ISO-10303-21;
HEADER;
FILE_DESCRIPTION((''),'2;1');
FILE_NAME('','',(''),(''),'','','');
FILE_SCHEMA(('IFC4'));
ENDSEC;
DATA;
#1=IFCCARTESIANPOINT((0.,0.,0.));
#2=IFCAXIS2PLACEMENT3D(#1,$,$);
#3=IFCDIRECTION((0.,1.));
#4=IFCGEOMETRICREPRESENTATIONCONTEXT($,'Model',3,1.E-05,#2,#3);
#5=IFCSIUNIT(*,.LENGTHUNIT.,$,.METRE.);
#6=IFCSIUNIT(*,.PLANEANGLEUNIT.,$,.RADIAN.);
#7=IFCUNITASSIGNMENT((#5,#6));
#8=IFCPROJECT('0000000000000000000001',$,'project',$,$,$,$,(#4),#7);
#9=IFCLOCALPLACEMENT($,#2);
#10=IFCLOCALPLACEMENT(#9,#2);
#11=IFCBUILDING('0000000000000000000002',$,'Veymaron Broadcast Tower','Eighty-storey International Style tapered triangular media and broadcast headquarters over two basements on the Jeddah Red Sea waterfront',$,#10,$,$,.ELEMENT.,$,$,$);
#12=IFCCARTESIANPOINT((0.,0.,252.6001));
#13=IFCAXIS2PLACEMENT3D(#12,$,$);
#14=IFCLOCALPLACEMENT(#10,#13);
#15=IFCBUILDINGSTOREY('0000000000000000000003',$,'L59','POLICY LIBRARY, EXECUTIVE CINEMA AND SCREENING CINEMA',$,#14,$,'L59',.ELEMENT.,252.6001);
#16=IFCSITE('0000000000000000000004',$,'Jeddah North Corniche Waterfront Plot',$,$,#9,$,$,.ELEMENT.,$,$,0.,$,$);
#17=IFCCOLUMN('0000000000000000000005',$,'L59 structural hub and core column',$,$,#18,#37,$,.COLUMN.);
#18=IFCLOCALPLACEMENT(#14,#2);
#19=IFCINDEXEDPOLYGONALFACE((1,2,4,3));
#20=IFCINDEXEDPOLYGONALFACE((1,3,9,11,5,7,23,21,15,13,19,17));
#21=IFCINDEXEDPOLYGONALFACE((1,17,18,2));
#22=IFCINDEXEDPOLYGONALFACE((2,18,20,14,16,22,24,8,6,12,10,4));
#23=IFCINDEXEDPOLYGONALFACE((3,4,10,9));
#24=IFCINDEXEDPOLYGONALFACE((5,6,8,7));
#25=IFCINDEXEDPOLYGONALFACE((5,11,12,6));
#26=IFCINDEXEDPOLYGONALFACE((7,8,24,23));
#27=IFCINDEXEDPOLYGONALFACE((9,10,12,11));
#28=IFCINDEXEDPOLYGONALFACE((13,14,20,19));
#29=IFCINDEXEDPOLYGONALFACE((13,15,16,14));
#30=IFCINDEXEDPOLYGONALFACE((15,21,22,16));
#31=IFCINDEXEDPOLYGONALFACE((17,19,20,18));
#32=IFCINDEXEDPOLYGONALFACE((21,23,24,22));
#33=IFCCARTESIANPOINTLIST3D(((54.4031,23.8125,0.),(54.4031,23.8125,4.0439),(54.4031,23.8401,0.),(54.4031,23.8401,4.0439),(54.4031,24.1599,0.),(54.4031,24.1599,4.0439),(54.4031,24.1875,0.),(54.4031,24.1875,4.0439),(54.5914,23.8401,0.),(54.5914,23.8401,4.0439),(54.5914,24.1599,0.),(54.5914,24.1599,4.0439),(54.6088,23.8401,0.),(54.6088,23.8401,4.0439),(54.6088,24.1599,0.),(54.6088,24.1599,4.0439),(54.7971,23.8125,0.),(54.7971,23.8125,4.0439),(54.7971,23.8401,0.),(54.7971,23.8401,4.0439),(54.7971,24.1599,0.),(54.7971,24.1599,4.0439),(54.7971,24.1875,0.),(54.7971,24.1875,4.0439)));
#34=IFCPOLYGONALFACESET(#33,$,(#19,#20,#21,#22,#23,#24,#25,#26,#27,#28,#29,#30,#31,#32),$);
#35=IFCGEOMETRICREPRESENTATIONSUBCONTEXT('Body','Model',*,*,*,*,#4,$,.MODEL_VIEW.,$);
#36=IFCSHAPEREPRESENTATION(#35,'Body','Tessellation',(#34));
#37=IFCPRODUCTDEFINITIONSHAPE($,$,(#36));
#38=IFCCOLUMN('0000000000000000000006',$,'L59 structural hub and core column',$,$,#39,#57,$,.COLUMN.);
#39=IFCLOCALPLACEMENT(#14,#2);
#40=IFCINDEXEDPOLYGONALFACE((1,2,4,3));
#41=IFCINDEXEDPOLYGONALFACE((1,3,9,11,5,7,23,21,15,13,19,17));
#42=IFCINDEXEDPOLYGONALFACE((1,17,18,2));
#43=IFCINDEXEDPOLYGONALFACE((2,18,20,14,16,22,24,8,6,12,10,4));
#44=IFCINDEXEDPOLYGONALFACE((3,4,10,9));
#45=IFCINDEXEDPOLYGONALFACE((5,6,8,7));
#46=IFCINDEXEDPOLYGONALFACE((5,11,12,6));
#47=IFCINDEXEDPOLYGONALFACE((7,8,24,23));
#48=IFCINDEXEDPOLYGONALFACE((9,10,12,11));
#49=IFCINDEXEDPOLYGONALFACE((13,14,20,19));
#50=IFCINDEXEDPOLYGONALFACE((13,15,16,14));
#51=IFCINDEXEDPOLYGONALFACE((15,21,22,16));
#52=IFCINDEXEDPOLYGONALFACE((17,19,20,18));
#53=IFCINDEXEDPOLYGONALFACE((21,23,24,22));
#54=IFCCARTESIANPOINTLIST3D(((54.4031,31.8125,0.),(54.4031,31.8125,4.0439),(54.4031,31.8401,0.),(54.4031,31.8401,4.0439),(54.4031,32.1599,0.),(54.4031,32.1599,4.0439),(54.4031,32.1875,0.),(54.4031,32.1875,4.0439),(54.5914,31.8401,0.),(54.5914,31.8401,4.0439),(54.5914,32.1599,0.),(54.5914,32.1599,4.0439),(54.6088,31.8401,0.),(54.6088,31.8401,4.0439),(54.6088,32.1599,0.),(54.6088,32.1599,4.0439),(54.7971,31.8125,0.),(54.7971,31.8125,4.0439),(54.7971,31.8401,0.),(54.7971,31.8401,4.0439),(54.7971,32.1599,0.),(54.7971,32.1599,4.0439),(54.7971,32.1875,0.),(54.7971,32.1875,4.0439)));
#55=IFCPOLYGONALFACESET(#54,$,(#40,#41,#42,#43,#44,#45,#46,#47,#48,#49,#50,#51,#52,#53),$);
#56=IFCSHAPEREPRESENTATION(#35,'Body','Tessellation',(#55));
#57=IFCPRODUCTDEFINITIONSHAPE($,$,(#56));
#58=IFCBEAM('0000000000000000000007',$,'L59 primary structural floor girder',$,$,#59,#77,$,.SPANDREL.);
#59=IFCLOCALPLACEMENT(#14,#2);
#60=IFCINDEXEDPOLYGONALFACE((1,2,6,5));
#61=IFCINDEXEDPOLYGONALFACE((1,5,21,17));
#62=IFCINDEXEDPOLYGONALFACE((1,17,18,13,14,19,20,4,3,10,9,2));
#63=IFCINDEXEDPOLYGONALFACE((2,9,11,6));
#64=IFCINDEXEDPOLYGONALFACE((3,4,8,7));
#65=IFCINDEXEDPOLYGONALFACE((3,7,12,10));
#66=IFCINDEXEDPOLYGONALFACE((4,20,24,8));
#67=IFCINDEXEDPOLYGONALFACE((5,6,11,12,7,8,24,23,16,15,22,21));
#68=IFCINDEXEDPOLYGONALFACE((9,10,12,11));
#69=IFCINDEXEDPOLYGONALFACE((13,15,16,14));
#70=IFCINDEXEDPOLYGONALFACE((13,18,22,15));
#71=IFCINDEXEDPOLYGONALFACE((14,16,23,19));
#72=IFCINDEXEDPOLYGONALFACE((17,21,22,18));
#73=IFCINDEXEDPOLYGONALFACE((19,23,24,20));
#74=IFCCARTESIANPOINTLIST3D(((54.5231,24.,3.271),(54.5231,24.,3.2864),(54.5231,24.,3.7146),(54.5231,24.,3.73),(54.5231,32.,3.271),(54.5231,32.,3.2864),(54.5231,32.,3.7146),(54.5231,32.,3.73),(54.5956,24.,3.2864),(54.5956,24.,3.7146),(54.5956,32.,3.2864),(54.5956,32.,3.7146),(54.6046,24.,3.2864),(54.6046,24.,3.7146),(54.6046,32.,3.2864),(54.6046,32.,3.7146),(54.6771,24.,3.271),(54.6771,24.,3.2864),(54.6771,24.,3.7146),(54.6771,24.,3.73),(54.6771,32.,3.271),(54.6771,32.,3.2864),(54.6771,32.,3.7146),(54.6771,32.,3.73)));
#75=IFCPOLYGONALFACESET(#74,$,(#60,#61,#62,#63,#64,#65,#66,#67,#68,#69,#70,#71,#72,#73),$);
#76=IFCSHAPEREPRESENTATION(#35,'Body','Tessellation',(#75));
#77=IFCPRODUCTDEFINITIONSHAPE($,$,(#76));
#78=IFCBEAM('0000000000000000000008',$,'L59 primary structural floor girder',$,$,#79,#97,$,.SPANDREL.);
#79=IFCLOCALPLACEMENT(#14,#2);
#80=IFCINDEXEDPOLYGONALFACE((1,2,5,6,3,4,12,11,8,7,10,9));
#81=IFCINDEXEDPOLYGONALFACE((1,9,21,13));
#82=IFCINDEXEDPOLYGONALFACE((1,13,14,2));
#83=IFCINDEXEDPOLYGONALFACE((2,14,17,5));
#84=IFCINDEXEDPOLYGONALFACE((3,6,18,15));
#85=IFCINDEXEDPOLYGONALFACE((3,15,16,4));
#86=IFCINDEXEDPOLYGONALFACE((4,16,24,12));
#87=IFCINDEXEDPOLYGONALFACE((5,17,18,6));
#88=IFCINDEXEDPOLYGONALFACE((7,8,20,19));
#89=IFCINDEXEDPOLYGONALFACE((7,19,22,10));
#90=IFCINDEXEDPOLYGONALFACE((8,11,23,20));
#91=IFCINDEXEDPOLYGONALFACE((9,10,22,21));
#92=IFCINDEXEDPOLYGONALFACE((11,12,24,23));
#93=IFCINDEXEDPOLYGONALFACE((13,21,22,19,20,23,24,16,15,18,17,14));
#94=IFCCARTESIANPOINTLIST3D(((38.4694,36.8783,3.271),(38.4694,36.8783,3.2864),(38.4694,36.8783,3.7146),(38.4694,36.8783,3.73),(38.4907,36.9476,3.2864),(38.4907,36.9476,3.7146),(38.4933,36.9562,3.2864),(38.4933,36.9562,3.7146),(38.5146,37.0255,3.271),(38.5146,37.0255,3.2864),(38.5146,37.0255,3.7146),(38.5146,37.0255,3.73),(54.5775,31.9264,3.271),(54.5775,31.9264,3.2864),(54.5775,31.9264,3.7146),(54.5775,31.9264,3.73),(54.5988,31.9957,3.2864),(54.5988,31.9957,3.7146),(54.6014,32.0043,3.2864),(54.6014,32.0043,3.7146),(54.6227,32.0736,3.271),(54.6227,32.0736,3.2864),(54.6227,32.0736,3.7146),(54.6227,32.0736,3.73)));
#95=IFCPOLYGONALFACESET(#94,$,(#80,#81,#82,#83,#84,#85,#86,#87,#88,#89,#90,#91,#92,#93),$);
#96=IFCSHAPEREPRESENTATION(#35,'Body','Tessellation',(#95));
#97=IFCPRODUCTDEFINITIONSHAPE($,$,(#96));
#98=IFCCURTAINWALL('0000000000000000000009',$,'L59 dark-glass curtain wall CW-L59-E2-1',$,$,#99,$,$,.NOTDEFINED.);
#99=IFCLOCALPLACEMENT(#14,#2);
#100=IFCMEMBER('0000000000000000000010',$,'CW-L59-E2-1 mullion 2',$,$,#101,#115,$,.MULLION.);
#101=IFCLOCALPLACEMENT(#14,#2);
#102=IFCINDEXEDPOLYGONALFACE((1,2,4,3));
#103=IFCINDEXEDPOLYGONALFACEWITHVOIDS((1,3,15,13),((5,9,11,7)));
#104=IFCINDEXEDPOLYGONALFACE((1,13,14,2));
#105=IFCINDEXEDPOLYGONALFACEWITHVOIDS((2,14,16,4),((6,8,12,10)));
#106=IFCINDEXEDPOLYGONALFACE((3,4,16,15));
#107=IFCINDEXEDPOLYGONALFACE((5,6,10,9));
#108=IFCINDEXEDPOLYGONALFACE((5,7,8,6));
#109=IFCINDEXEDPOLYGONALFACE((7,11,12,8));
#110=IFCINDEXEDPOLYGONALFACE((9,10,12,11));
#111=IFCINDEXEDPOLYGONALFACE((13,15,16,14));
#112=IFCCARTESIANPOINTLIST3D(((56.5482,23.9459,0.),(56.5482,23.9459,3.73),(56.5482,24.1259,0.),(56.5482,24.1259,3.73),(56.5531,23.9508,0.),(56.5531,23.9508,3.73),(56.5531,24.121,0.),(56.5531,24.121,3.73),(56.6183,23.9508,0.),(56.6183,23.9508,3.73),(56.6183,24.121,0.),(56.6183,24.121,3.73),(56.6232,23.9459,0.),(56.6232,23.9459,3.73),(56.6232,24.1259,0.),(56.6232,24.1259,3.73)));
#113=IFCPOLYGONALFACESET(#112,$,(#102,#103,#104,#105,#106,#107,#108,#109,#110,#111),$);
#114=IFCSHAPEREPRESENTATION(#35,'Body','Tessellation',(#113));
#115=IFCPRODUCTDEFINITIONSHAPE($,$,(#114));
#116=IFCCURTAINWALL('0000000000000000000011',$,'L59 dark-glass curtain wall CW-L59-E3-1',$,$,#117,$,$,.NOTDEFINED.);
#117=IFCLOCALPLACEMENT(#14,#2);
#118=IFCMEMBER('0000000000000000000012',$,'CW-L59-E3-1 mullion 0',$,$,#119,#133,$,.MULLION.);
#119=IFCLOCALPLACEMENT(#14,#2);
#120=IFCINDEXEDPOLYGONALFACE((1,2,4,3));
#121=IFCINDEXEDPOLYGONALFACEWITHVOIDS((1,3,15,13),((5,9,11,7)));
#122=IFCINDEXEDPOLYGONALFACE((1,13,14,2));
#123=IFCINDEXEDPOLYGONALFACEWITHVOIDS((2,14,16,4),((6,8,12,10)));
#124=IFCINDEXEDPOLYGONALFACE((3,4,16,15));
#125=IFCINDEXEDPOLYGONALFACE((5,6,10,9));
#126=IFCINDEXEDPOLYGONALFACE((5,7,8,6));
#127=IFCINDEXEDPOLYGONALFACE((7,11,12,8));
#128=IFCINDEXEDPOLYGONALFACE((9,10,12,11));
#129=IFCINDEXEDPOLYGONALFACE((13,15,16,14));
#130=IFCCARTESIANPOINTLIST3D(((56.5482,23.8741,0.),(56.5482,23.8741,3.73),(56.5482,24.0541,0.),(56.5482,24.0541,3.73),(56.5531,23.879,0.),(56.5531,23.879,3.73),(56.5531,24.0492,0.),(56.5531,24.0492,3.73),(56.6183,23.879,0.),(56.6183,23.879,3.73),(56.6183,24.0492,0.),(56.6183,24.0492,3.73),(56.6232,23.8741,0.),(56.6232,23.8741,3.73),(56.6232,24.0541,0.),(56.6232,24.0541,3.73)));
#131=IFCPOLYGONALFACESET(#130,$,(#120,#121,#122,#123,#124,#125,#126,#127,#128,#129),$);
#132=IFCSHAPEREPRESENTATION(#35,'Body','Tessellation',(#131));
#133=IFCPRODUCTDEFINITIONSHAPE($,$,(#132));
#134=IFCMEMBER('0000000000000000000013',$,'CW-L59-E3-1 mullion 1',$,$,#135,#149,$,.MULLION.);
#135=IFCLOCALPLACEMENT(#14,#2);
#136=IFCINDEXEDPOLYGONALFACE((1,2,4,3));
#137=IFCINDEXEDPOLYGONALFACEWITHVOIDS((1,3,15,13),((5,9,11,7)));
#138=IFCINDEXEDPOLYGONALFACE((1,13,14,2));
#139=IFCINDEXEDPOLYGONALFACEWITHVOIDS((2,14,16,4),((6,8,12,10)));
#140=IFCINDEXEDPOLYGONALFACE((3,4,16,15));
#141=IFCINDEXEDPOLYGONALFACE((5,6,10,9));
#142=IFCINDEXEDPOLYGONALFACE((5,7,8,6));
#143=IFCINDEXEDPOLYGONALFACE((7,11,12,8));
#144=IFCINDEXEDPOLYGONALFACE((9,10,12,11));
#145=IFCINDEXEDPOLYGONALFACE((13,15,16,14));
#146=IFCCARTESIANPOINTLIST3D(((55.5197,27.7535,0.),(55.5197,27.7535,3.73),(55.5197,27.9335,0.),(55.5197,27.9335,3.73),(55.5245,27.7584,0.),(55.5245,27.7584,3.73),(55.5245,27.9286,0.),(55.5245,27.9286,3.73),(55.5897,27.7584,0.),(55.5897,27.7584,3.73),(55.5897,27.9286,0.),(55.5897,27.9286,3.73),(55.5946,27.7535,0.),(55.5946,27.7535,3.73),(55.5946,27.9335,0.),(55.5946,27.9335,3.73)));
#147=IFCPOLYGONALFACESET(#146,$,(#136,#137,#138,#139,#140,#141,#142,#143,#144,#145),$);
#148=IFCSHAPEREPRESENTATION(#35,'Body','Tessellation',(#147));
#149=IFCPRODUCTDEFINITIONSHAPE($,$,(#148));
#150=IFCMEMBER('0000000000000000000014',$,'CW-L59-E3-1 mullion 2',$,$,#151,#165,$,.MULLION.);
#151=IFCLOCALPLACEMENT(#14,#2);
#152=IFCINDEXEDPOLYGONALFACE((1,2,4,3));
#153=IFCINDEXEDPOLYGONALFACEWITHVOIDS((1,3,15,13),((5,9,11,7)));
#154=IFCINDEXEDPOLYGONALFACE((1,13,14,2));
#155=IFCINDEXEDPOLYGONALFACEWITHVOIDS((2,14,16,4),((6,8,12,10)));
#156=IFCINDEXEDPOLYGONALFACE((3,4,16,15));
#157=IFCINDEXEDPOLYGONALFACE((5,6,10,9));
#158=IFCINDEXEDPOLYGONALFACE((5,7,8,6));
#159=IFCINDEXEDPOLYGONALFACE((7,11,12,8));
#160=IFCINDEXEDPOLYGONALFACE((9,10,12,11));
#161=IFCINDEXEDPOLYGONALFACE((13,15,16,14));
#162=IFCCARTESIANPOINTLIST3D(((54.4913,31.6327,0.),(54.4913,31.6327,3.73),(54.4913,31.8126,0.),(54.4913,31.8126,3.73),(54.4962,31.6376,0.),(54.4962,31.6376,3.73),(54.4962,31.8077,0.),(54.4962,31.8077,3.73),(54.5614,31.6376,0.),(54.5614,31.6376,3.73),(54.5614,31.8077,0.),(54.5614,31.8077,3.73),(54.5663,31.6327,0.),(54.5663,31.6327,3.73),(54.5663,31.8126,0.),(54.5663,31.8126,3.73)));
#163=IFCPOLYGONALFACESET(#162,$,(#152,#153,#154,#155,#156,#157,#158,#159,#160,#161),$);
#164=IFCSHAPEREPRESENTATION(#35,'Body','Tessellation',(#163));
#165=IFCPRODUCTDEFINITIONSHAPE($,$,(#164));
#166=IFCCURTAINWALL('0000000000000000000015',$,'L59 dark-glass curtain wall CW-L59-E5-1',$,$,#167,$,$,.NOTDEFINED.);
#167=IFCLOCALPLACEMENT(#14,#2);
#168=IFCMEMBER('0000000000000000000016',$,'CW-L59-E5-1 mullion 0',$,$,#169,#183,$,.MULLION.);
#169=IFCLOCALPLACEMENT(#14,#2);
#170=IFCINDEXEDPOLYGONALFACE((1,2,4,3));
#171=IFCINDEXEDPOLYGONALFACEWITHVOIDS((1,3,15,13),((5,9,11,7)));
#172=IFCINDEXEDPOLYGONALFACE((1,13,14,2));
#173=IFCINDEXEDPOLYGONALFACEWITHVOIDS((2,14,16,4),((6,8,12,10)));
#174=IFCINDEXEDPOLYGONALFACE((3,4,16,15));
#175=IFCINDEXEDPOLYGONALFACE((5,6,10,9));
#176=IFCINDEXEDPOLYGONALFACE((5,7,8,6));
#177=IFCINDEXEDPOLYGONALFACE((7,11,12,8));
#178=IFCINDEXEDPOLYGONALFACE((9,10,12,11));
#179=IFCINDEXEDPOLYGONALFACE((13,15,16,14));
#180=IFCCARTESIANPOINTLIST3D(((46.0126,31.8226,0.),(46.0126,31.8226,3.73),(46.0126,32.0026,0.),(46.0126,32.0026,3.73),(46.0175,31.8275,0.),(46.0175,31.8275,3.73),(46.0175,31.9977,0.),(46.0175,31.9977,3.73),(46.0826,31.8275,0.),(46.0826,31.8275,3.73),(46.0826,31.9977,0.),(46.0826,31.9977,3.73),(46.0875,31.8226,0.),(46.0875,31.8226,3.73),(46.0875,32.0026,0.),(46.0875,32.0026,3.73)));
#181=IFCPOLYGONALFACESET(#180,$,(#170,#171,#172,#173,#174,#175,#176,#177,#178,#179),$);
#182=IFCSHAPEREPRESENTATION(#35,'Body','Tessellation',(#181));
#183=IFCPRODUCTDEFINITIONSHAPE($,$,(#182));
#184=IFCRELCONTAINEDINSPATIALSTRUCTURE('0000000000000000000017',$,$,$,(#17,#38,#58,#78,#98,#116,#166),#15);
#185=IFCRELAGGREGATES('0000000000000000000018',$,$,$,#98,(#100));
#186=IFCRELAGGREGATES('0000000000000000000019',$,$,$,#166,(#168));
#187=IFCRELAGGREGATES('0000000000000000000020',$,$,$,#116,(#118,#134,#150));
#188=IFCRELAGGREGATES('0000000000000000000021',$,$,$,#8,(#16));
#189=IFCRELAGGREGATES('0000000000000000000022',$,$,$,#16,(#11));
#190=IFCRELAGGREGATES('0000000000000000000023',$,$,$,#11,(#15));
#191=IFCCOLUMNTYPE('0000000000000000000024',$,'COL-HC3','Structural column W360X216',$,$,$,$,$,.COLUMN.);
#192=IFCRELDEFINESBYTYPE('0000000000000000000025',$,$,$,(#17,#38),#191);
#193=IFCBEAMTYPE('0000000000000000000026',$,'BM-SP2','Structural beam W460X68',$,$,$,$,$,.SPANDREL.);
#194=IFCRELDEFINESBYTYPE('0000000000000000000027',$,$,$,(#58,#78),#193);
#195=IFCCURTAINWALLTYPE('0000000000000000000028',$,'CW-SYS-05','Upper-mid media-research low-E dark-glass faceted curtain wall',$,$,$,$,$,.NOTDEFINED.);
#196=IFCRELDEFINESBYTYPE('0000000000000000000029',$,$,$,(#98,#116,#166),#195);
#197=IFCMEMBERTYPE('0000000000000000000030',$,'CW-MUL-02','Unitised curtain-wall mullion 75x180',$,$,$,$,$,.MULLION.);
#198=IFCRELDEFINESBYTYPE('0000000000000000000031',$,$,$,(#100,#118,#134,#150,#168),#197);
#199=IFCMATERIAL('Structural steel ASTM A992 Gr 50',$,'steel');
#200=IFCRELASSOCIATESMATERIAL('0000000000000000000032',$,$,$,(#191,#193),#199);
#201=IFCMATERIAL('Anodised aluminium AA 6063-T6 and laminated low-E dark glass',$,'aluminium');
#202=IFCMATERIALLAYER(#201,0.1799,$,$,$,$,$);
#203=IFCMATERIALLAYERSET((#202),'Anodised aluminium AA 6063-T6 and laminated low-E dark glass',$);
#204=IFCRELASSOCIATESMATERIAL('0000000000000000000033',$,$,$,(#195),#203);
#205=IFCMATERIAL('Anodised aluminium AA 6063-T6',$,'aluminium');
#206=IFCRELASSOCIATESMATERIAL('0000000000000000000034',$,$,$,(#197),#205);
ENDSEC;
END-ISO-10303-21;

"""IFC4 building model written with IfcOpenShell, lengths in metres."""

from ifc_helpers import new_model, si_unit, direction, frame, origin, origin_2d, place, context, subcontext, project, spatial, hollow_rectangle, i_section, extrude, material, layer, layer_set, material_profile, profile_set, type_object, element, aggregate, save


model = new_model("IFC4")

# Units and contexts
model_context = context("Model", 3, precision=1e-05, world=origin(), true_north=direction((0.0, 1.0)))
body_context = subcontext(model_context, "Body", "Model", "MODEL_VIEW")
ifc_project = project(units=[si_unit("LENGTHUNIT", "METRE"), si_unit("PLANEANGLEUNIT", "RADIAN")], contexts=[model_context])

# Site, building, storey
site_placement = place(None, origin())
site = spatial("IfcSite", under=ifc_project, at=site_placement, Name="Jeddah North Corniche Waterfront Plot", CompositionType="ELEMENT", RefElevation=0.0)
building_placement = place(site_placement, origin())
building = spatial("IfcBuilding", under=site, at=building_placement, Name="Veymaron Broadcast Tower", Description="Eighty-storey International Style tapered triangular media and broadcast headquarters over two basements on the Jeddah Red Sea waterfront", CompositionType="ELEMENT")
storey_placement = place(building_placement, frame((0.0, 0.0, 252.6001)))
storey = spatial("IfcBuildingStorey", under=building, at=storey_placement, Name="L59", Description="POLICY LIBRARY, EXECUTIVE CINEMA AND SCREENING CINEMA", LongName="L59", CompositionType="ELEMENT", Elevation=252.6001)

# Columns
ifc_material_1 = material(Name="Structural steel ASTM A992 Gr 50", Category="steel")
ifc_material_profile_1 = material_profile(ifc_material_1, i_section(OverallWidth=0.394, OverallDepth=0.375, WebThickness=0.0173, FlangeThickness=0.0276, at=origin_2d()), Name="W360X216")
ifc_profile_set_1 = profile_set([ifc_material_profile_1], Name="Structural steel ASTM A992 Gr 50")
column_type = type_object("IfcColumnType", Name="COL-HC3", Description="Structural column W360X216", PredefinedType="COLUMN", material=ifc_profile_set_1)
for number, where, z_axis, x_axis, name in (
    (1, (54.6001, 24.0, 0.0), (0.0, 0.0, 1.0), (1.0, 0.0, 0.0), "L59 structural hub and core column"),
    (2, (54.6001, 32.0, 0.0), (0.0, 0.0, 1.0), (1.0, 0.0, 0.0), "L59 structural hub and core column"),
):
    element("IfcColumn", number, at=place(storey_placement, frame(where, z_axis=z_axis, x_axis=x_axis)), inside=storey, type_object=column_type, Name=name, PredefinedType="COLUMN", context=body_context, shape_type="SweptSolid", body=[
        extrude(i_section(OverallWidth=0.394, OverallDepth=0.375, WebThickness=0.0173, FlangeThickness=0.0276, at=origin_2d()), origin(), (0.0, 0.0, 1.0), 4.0439),
    ])

# Beams
ifc_material_profile_2 = material_profile(ifc_material_1, i_section(OverallWidth=0.1541, OverallDepth=0.459, WebThickness=0.009, FlangeThickness=0.0154, at=origin_2d()), Name="W460X68")
ifc_profile_set_2 = profile_set([ifc_material_profile_2], Name="Structural steel ASTM A992 Gr 50")
beam_type = type_object("IfcBeamType", Name="BM-SP2", Description="Structural beam W460X68", PredefinedType="SPANDREL", material=ifc_profile_set_2)
beam_1_placement = place(storey_placement, frame((54.6001, 24.0, 3.5005), z_axis=(0.0, 1.0, 0.0), x_axis=(-1.0, 0.0, 0.0)))
element("IfcBeam", 3, at=beam_1_placement, inside=storey, type_object=beam_type, Name="L59 primary structural floor girder", PredefinedType="SPANDREL", context=body_context, shape_type="SweptSolid", body=[
    extrude(i_section(OverallWidth=0.1541, OverallDepth=0.459, WebThickness=0.009, FlangeThickness=0.0154, at=origin_2d()), origin(), (0.0, 0.0, 1.0), 8.0),
])
beam_2_placement = place(storey_placement, frame((54.6001, 32.0, 3.5005), z_axis=(-0.955853, 0.293845, 0.0), x_axis=(-0.293845, -0.955853, 0.0)))
element("IfcBeam", 4, at=beam_2_placement, inside=storey, type_object=beam_type, Name="L59 primary structural floor girder", PredefinedType="SPANDREL", context=body_context, shape_type="SweptSolid", body=[
    extrude(i_section(OverallWidth=0.1541, OverallDepth=0.459, WebThickness=0.009, FlangeThickness=0.0154, at=origin_2d()), origin(), (0.0, 0.0, 1.0), 16.8521),
])

# Curtain wall, member
ifc_material_2 = material(Name="Anodised aluminium AA 6063-T6 and laminated low-E dark glass", Category="aluminium")
ifc_layer_1 = layer(ifc_material_2, 0.1799)
ifc_layer_set_1 = layer_set([ifc_layer_1], Name="Anodised aluminium AA 6063-T6 and laminated low-E dark glass")
curtain_wall_type = type_object("IfcCurtainWallType", Name="CW-SYS-05", Description="Upper-mid media-research low-E dark-glass faceted curtain wall", PredefinedType="NOTDEFINED", material=ifc_layer_set_1)
curtain_wall_1_placement = place(storey_placement, origin())
curtain_wall_1 = element("IfcCurtainWall", 5, at=curtain_wall_1_placement, inside=storey, type_object=curtain_wall_type, Name="L59 dark-glass curtain wall CW-L59-E2-1", PredefinedType="NOTDEFINED")
ifc_material_3 = material(Name="Anodised aluminium AA 6063-T6", Category="aluminium")
ifc_material_profile_3 = material_profile(ifc_material_3, hollow_rectangle(XDim=0.075, YDim=0.1799, WallThickness=0.0049, at=origin_2d()), Name="AL180X75X5")
ifc_profile_set_3 = profile_set([ifc_material_profile_3], Name="Anodised aluminium AA 6063-T6")
member_type_1 = type_object("IfcMemberType", Name="CW-MUL-02", Description="Unitised curtain-wall mullion 75x180", PredefinedType="MULLION", material=ifc_profile_set_3)
member_1_placement = place(storey_placement, frame((56.5857, 24.0359, 0.0), z_axis=(0.0, 0.0, 1.0), x_axis=(1.0, 0.0, 0.0)))
member_1 = element("IfcMember", 6, at=member_1_placement, type_object=member_type_1, Name="CW-L59-E2-1 mullion 2", PredefinedType="MULLION", context=body_context, shape_type="SweptSolid", body=[
    extrude(hollow_rectangle(XDim=0.075, YDim=0.1799, WallThickness=0.0049, at=origin_2d()), origin(), (0.0, 0.0, 1.0), 3.73),
])
aggregate(curtain_wall_1, [member_1])

# Curtain wall, members
curtain_wall_2_placement = place(storey_placement, origin())
curtain_wall_2 = element("IfcCurtainWall", 7, at=curtain_wall_2_placement, inside=storey, type_object=curtain_wall_type, Name="L59 dark-glass curtain wall CW-L59-E3-1", PredefinedType="NOTDEFINED")
member_2_placement = place(storey_placement, frame((56.5857, 23.9641, 0.0), z_axis=(0.0, 0.0, 1.0), x_axis=(1.0, 0.0, 0.0)))
member_2 = element("IfcMember", 8, at=member_2_placement, type_object=member_type_1, Name="CW-L59-E3-1 mullion 0", PredefinedType="MULLION", context=body_context, shape_type="SweptSolid", body=[
    extrude(hollow_rectangle(XDim=0.075, YDim=0.1799, WallThickness=0.0049, at=origin_2d()), origin(), (0.0, 0.0, 1.0), 3.73),
])
member_3_placement = place(storey_placement, frame((55.5571, 27.8435, 0.0), z_axis=(0.0, 0.0, 1.0), x_axis=(1.0, 0.0, 0.0)))
member_3 = element("IfcMember", 9, at=member_3_placement, type_object=member_type_1, Name="CW-L59-E3-1 mullion 1", PredefinedType="MULLION", context=body_context, shape_type="SweptSolid", body=[
    extrude(hollow_rectangle(XDim=0.075, YDim=0.1799, WallThickness=0.0049, at=origin_2d()), origin(), (0.0, 0.0, 1.0), 3.73),
])
member_4_placement = place(storey_placement, frame((54.5288, 31.7227, 0.0), z_axis=(0.0, 0.0, 1.0), x_axis=(1.0, 0.0, 0.0)))
member_4 = element("IfcMember", 10, at=member_4_placement, type_object=member_type_1, Name="CW-L59-E3-1 mullion 2", PredefinedType="MULLION", context=body_context, shape_type="SweptSolid", body=[
    extrude(hollow_rectangle(XDim=0.075, YDim=0.1799, WallThickness=0.0049, at=origin_2d()), origin(), (0.0, 0.0, 1.0), 3.73),
])

# Curtain wall, member
curtain_wall_3_placement = place(storey_placement, origin())
curtain_wall_3 = element("IfcCurtainWall", 11, at=curtain_wall_3_placement, inside=storey, type_object=curtain_wall_type, Name="L59 dark-glass curtain wall CW-L59-E5-1", PredefinedType="NOTDEFINED")
member_5_placement = place(storey_placement, frame((46.05, 31.9126, 0.0), z_axis=(0.0, 0.0, 1.0), x_axis=(1.0, 0.0, 0.0)))
member_5 = element("IfcMember", 12, at=member_5_placement, type_object=member_type_1, Name="CW-L59-E5-1 mullion 0", PredefinedType="MULLION", context=body_context, shape_type="SweptSolid", body=[
    extrude(hollow_rectangle(XDim=0.075, YDim=0.1799, WallThickness=0.0049, at=origin_2d()), origin(), (0.0, 0.0, 1.0), 3.73),
])

aggregate(curtain_wall_3, [member_5])

aggregate(curtain_wall_2, [member_2, member_3, member_4])

save(model, "model.ifc")
